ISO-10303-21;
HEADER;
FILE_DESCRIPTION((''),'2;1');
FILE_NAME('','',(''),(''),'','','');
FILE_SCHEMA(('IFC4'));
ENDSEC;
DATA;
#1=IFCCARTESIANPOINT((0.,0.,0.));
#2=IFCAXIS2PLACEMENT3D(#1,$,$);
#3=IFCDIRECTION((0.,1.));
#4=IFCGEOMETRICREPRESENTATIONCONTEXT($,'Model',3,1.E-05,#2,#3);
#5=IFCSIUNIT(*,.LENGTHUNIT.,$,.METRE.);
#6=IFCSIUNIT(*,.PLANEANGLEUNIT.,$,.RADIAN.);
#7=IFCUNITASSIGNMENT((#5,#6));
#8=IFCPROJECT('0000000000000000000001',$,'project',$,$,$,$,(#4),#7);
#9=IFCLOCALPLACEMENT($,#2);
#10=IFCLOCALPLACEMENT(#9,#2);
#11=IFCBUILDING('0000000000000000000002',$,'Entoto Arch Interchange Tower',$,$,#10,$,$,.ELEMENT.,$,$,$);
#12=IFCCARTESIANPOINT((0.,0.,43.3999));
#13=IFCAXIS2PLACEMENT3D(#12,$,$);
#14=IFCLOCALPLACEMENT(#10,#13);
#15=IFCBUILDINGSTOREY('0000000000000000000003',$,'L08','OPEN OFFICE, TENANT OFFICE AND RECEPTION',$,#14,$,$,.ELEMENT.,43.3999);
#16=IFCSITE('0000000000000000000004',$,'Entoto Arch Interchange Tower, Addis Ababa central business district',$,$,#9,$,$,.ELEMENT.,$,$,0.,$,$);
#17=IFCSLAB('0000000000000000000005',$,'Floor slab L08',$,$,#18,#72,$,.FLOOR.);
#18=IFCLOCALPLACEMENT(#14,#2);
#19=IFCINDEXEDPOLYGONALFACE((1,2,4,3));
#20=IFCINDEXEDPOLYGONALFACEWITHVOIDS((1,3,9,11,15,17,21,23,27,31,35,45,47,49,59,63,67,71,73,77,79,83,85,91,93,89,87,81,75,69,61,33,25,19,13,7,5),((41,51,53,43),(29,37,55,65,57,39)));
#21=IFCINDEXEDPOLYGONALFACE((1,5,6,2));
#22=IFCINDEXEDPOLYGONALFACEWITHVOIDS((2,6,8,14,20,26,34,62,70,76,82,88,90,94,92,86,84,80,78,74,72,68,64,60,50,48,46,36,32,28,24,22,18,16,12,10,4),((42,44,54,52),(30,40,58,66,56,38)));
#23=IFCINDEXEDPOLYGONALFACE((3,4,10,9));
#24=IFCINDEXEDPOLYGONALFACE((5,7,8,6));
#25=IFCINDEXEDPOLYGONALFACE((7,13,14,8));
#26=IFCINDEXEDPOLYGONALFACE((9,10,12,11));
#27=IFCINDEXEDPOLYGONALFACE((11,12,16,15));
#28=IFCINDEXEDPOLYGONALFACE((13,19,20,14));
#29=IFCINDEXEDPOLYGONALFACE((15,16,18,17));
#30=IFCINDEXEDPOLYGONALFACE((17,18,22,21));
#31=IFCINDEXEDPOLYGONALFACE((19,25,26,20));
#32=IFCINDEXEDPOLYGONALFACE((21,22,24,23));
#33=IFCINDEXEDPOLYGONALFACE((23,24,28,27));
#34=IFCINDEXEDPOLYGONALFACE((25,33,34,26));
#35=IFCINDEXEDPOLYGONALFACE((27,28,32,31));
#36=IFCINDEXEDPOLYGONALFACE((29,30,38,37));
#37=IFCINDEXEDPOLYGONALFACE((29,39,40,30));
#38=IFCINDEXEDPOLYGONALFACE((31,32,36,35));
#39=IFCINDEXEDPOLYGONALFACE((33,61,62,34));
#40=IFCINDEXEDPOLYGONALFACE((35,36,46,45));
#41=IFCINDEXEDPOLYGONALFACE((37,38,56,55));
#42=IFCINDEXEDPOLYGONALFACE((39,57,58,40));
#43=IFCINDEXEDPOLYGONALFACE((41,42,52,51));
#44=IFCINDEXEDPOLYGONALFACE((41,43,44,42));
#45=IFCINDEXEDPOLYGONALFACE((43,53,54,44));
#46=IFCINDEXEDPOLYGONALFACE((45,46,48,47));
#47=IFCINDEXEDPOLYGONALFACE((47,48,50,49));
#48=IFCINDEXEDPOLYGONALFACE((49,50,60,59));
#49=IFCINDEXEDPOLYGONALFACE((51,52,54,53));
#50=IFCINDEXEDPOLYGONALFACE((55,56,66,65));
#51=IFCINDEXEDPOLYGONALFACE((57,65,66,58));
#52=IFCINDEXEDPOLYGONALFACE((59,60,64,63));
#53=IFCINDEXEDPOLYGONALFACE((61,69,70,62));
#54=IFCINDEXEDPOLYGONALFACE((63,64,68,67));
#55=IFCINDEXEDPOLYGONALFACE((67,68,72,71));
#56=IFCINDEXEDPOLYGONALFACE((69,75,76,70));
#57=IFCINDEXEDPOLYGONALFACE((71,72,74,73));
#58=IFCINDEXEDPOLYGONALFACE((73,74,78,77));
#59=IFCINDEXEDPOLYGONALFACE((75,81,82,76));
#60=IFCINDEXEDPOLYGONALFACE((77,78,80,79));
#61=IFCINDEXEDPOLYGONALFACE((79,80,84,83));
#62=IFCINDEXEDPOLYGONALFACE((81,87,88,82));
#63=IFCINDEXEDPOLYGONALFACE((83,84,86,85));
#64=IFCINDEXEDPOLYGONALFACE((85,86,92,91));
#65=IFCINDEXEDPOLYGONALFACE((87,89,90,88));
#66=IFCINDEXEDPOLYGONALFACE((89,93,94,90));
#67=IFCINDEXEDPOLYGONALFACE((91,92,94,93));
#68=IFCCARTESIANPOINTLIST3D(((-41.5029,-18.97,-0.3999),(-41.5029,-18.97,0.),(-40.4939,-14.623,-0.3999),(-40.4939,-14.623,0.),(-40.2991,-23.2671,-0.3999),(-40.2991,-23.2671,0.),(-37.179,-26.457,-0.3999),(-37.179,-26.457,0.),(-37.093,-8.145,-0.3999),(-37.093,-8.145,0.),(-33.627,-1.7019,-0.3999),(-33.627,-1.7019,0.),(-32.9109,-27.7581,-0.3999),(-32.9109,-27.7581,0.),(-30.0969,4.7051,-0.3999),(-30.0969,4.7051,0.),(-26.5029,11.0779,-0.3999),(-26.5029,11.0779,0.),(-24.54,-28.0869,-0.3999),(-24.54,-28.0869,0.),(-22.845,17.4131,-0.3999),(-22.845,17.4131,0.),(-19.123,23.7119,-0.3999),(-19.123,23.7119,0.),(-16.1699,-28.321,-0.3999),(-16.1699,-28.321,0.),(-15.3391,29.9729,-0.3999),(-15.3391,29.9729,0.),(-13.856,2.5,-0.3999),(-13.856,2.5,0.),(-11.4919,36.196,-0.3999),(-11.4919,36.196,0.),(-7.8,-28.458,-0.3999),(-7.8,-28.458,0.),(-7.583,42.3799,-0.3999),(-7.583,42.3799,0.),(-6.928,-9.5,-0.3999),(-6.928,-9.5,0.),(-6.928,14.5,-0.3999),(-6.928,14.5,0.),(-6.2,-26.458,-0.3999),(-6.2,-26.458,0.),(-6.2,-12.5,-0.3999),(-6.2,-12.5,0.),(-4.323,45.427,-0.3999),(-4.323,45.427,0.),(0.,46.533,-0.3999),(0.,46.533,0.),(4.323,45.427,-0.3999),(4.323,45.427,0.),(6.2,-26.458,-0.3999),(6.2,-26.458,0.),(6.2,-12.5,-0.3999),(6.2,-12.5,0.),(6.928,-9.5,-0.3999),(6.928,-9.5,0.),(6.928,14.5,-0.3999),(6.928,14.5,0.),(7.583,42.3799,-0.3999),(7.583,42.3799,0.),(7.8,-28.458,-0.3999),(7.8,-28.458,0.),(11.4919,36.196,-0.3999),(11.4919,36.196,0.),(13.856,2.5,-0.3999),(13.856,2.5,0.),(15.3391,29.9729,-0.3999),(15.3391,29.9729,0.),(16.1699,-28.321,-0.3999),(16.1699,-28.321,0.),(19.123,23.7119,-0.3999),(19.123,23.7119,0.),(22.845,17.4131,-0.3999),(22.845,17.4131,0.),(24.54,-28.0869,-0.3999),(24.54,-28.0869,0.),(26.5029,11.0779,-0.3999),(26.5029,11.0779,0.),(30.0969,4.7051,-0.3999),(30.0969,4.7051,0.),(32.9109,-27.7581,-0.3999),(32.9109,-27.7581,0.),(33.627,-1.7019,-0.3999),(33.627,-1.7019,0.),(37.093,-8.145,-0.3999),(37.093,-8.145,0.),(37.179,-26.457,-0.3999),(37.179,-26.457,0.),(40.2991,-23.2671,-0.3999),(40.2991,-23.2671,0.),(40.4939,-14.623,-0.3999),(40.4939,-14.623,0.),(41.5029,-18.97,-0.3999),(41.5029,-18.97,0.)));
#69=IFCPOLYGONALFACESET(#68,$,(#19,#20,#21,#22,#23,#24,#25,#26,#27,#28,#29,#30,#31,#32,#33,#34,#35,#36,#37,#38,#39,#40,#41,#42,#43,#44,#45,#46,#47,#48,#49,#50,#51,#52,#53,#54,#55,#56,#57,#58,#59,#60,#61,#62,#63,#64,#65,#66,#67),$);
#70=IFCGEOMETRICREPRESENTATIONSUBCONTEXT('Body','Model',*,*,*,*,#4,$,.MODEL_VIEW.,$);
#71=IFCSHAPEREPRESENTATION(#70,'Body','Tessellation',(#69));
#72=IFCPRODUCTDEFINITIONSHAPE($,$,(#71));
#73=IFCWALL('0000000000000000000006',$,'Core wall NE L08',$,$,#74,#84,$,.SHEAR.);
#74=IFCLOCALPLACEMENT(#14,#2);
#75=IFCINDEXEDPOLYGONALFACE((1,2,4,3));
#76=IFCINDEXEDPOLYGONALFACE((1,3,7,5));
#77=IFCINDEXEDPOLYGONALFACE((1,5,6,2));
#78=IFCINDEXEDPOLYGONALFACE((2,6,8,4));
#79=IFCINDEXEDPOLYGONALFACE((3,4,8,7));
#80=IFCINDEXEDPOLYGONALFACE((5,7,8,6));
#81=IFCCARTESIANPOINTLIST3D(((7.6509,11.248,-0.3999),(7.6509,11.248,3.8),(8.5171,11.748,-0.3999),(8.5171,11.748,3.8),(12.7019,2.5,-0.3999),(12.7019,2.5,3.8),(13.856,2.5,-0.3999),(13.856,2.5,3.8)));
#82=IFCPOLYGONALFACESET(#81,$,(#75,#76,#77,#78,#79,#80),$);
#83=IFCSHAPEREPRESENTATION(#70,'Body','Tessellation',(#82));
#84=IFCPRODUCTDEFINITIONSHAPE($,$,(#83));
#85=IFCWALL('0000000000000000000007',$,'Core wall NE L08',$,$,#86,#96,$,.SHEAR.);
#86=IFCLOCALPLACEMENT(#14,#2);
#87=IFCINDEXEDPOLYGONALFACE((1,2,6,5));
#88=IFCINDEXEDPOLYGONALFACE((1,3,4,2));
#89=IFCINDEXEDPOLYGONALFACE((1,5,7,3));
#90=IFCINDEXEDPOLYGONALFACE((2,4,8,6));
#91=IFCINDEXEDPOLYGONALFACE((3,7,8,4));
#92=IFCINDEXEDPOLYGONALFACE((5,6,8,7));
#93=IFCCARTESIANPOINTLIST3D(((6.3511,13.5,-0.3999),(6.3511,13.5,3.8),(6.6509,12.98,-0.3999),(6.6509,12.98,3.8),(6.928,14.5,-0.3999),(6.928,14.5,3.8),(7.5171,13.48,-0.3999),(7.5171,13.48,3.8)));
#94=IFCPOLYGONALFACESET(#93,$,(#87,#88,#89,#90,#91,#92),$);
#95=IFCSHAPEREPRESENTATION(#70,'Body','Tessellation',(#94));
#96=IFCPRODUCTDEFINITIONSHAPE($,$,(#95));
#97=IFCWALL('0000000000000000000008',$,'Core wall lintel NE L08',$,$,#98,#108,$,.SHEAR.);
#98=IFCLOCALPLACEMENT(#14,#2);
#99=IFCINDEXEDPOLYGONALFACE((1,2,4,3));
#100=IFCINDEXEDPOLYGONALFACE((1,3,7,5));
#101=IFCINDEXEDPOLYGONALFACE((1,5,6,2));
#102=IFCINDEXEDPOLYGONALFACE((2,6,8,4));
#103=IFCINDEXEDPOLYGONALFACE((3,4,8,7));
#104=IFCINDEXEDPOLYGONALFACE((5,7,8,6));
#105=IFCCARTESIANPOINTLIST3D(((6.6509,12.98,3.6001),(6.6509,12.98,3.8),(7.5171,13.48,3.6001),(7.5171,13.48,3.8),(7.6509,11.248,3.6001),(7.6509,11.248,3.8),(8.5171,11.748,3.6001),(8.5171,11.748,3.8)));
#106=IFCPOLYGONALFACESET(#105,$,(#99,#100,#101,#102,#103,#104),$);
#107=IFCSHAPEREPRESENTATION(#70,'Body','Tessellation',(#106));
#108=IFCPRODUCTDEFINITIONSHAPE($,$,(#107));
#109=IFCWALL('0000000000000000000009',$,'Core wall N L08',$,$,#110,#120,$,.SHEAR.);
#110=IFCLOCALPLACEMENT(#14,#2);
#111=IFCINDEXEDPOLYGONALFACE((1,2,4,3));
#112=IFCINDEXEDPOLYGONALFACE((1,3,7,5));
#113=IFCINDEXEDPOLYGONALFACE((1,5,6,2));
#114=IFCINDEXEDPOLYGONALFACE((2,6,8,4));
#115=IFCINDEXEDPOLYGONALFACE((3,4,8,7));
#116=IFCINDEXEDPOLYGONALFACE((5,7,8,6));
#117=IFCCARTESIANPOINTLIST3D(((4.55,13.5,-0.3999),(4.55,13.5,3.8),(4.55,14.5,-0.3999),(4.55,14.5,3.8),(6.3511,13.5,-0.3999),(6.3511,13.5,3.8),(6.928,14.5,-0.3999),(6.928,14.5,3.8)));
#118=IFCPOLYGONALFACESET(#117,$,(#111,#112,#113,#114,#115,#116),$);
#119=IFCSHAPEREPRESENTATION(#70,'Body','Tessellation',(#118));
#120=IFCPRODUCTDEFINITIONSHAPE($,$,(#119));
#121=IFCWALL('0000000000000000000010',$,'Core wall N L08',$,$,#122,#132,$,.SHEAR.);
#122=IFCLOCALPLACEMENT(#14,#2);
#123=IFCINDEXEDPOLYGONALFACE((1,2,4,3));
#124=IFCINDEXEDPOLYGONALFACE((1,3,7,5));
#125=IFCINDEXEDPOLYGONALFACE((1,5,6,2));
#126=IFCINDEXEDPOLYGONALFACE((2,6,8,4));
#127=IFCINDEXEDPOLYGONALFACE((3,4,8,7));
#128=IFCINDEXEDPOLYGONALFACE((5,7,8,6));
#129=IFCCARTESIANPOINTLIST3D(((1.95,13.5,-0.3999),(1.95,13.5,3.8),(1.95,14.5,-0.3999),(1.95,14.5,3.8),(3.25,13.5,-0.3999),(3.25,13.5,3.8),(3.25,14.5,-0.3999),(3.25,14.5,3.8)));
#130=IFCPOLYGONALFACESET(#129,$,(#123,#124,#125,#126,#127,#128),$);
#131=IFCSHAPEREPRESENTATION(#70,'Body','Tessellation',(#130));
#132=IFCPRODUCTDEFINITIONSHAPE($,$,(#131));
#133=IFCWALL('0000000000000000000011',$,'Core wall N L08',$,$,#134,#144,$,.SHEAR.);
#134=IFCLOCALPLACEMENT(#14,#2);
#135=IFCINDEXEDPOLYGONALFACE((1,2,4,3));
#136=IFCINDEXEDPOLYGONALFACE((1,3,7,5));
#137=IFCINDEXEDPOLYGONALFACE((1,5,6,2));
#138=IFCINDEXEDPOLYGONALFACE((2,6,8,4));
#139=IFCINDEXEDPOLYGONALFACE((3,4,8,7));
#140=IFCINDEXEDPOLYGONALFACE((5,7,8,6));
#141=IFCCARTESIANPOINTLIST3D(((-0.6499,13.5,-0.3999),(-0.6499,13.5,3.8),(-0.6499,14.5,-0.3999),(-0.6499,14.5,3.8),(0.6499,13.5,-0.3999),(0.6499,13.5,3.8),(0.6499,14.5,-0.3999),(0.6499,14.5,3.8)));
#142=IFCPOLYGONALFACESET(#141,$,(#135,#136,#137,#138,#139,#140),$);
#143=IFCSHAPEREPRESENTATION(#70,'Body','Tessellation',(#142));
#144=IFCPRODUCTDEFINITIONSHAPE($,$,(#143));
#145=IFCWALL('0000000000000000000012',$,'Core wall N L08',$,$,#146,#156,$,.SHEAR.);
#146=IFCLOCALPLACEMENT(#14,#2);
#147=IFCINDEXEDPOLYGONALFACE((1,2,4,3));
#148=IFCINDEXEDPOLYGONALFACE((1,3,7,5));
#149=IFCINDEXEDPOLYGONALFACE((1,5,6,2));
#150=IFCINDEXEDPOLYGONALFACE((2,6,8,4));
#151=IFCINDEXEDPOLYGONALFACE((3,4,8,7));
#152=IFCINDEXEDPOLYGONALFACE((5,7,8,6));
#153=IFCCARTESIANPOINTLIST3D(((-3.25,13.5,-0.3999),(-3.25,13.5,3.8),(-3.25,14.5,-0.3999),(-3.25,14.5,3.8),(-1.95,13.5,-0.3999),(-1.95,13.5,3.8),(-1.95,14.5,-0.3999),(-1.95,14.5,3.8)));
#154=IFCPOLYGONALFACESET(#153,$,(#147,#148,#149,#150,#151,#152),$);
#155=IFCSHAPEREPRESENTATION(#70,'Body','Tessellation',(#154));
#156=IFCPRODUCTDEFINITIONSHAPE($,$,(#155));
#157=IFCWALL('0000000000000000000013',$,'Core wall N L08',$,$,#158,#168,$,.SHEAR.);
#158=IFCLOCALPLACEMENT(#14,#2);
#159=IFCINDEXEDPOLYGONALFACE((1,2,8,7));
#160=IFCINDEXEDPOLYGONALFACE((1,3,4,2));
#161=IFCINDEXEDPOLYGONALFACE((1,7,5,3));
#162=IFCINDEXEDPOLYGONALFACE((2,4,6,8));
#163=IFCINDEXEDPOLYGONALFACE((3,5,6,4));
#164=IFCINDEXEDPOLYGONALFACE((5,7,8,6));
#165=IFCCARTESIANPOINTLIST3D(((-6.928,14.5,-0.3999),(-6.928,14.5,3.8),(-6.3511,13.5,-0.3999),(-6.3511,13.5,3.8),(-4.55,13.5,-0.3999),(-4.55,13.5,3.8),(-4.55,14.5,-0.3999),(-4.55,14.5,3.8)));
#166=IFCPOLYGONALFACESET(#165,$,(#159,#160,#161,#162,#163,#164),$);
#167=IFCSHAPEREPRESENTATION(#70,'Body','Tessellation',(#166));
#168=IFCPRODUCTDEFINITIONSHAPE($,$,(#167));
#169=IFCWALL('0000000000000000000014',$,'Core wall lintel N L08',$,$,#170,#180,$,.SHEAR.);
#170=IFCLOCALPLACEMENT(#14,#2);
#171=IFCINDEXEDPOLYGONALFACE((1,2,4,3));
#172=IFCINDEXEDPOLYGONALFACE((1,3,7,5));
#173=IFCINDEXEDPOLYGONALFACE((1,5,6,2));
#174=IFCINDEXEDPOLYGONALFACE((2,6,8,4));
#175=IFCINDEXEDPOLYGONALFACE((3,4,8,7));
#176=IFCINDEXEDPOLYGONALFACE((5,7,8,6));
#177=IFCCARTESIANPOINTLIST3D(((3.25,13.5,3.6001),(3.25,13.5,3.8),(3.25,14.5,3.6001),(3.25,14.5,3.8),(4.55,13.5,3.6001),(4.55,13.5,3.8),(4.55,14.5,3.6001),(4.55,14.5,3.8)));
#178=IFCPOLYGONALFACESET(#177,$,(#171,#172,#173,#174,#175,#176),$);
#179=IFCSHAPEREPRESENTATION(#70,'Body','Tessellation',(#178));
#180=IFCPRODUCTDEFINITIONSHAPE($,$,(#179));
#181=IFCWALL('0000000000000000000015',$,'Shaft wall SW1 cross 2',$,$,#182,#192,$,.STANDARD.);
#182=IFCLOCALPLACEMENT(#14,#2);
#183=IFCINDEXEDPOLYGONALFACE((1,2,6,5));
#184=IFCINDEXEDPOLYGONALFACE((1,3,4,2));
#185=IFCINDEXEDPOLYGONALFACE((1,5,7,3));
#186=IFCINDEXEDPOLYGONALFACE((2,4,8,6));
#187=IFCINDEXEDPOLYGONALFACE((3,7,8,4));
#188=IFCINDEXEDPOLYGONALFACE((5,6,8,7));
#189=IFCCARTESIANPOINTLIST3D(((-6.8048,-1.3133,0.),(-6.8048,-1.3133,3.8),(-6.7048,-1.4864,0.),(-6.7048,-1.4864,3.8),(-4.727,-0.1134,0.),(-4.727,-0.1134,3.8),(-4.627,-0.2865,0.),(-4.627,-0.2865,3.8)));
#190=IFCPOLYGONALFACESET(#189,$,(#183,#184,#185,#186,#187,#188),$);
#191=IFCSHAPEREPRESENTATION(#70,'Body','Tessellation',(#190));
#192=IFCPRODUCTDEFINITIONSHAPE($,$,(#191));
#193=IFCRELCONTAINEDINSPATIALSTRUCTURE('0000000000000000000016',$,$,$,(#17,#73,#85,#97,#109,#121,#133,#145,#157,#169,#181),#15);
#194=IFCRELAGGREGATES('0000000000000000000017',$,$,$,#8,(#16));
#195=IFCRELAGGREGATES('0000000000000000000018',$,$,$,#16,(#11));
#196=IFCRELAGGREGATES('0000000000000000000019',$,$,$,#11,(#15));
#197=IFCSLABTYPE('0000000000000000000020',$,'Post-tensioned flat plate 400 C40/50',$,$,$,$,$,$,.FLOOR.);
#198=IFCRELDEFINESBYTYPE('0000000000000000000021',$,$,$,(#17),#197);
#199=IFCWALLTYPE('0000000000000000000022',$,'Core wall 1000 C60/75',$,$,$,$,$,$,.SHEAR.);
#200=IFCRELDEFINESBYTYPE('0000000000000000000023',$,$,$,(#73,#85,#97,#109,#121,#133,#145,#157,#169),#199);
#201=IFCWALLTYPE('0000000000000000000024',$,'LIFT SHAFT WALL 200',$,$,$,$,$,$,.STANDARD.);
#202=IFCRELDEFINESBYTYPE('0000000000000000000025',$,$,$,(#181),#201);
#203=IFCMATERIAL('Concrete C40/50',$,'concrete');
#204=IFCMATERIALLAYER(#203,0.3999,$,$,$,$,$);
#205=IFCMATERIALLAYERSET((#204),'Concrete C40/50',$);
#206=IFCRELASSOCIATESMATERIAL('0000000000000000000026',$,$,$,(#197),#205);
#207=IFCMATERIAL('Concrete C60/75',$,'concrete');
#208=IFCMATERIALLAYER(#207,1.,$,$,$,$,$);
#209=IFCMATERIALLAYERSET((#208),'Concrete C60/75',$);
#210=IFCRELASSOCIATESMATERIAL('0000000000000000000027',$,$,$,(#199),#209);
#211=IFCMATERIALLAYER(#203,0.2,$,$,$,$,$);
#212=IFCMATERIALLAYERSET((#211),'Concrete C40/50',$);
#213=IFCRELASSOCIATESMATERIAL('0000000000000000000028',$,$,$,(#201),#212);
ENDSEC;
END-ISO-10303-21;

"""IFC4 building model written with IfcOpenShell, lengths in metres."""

from ifc_helpers import new_model, si_unit, direction, frame, frame_2d, origin, place, context, subcontext, project, spatial, polyline, rectangle, outline, extrude, material, layer, layer_set, type_object, element, save


model = new_model("IFC4")

# Units and contexts
model_context = context("Model", 3, precision=1e-05, world=origin(), true_north=direction((0.0, 1.0)))
body_context = subcontext(model_context, "Body", "Model", "MODEL_VIEW")
ifc_project = project(units=[si_unit("LENGTHUNIT", "METRE"), si_unit("PLANEANGLEUNIT", "RADIAN")], contexts=[model_context])

# Site, building, storey
site_placement = place(None, origin())
site = spatial("IfcSite", under=ifc_project, at=site_placement, Name="Entoto Arch Interchange Tower, Addis Ababa central business district", CompositionType="ELEMENT", RefElevation=0.0)
building_placement = place(site_placement, origin())
building = spatial("IfcBuilding", under=site, at=building_placement, Name="Entoto Arch Interchange Tower", CompositionType="ELEMENT")
storey_placement = place(building_placement, frame((0.0, 0.0, 43.3999)))
storey = spatial("IfcBuildingStorey", under=building, at=storey_placement, Name="L08", Description="OPEN OFFICE, TENANT OFFICE AND RECEPTION", CompositionType="ELEMENT", Elevation=43.3999)

# Slab
ifc_material_1 = material(Name="Concrete C40/50", Category="concrete")
ifc_layer_1 = layer(ifc_material_1, 0.3999)
ifc_layer_set_1 = layer_set([ifc_layer_1], Name="Concrete C40/50")
slab_type = type_object("IfcSlabType", Name="Post-tensioned flat plate 400 C40/50", PredefinedType="FLOOR", material=ifc_layer_set_1)
slab_placement = place(storey_placement, frame((0.0, 0.0, -0.3999)))
element("IfcSlab", 1, at=slab_placement, inside=storey, type_object=slab_type, Name="Floor slab L08", PredefinedType="FLOOR", context=body_context, shape_type="SweptSolid", body=[
    extrude(outline(polyline([(-32.9109, -27.7581), (-24.54, -28.0869), (-16.1699, -28.321), (-7.8, -28.458), (7.8, -28.458), (16.1699, -28.321), (24.54, -28.0869), (32.9109, -27.7581), (37.179, -26.457), (40.2991, -23.2671), (41.5029, -18.97), (40.4939, -14.623), (37.093, -8.145), (33.627, -1.7019), (30.0969, 4.7051), (26.5029, 11.0779), (22.845, 17.4131), (19.123, 23.7119), (15.3391, 29.9729), (11.4919, 36.196), (7.583, 42.3799), (4.323, 45.427), (0.0, 46.533), (-4.323, 45.427), (-7.583, 42.3799), (-11.4919, 36.196), (-15.3391, 29.9729), (-19.123, 23.7119), (-22.845, 17.4131), (-26.5029, 11.0779), (-30.0969, 4.7051), (-33.627, -1.7019), (-37.093, -8.145), (-40.4939, -14.623), (-41.5029, -18.97), (-40.2991, -23.2671), (-37.179, -26.457), (-32.9109, -27.7581)]), holes=[polyline([(6.2, -26.458), (6.2, -12.5), (-6.2, -12.5), (-6.2, -26.458), (6.2, -26.458)]), polyline([(13.856, 2.5), (6.928, 14.5), (-6.928, 14.5), (-13.856, 2.5), (-6.928, -9.5), (6.928, -9.5), (13.856, 2.5)])]), origin(), (0.0, 0.0, 1.0), 0.3999),
])

# Walls
ifc_material_2 = material(Name="Concrete C60/75", Category="concrete")
ifc_layer_2 = layer(ifc_material_2, 1.0)
ifc_layer_set_2 = layer_set([ifc_layer_2], Name="Concrete C60/75")
wall_type_1 = type_object("IfcWallType", Name="Core wall 1000 C60/75", PredefinedType="SHEAR", material=ifc_layer_set_2)
wall_1_placement = place(storey_placement, frame((0.0, 0.0, -0.3999)))
element("IfcWall", 2, at=wall_1_placement, inside=storey, type_object=wall_type_1, Name="Core wall NE L08", PredefinedType="SHEAR", context=body_context, shape_type="SweptSolid", body=[
    extrude(outline(polyline([(8.5171, 11.748), (7.6509, 11.248), (12.7019, 2.5), (13.856, 2.5), (8.5171, 11.748)])), origin(), (0.0, 0.0, 1.0), 4.2),
])
wall_2_placement = place(storey_placement, frame((0.0, 0.0, -0.3999)))
element("IfcWall", 3, at=wall_2_placement, inside=storey, type_object=wall_type_1, Name="Core wall NE L08", PredefinedType="SHEAR", context=body_context, shape_type="SweptSolid", body=[
    extrude(outline(polyline([(6.6509, 12.98), (7.5171, 13.48), (6.928, 14.5), (6.3511, 13.5), (6.6509, 12.98)])), origin(), (0.0, 0.0, 1.0), 4.2),
])
wall_3_placement = place(storey_placement, frame((0.0, 0.0, 3.6001)))
element("IfcWall", 4, at=wall_3_placement, inside=storey, type_object=wall_type_1, Name="Core wall lintel NE L08", PredefinedType="SHEAR", context=body_context, shape_type="SweptSolid", body=[
    extrude(outline(polyline([(7.5171, 13.48), (6.6509, 12.98), (7.6509, 11.248), (8.5171, 11.748), (7.5171, 13.48)])), origin(), (0.0, 0.0, 1.0), 0.2),
])
wall_4_placement = place(storey_placement, frame((0.0, 0.0, -0.3999)))
element("IfcWall", 5, at=wall_4_placement, inside=storey, type_object=wall_type_1, Name="Core wall N L08", PredefinedType="SHEAR", context=body_context, shape_type="SweptSolid", body=[
    extrude(outline(polyline([(4.55, 14.5), (4.55, 13.5), (6.3511, 13.5), (6.928, 14.5), (4.55, 14.5)])), origin(), (0.0, 0.0, 1.0), 4.2),
])
wall_5_placement = place(storey_placement, frame((0.0, 0.0, -0.3999)))
element("IfcWall", 6, at=wall_5_placement, inside=storey, type_object=wall_type_1, Name="Core wall N L08", PredefinedType="SHEAR", context=body_context, shape_type="SweptSolid", body=[
    extrude(outline(polyline([(1.95, 14.5), (1.95, 13.5), (3.25, 13.5), (3.25, 14.5), (1.95, 14.5)])), origin(), (0.0, 0.0, 1.0), 4.2),
])
wall_6_placement = place(storey_placement, frame((0.0, 0.0, -0.3999)))
element("IfcWall", 7, at=wall_6_placement, inside=storey, type_object=wall_type_1, Name="Core wall N L08", PredefinedType="SHEAR", context=body_context, shape_type="SweptSolid", body=[
    extrude(outline(polyline([(-0.6499, 14.5), (-0.6499, 13.5), (0.6499, 13.5), (0.6499, 14.5), (-0.6499, 14.5)])), origin(), (0.0, 0.0, 1.0), 4.2),
])
wall_7_placement = place(storey_placement, frame((0.0, 0.0, -0.3999)))
element("IfcWall", 8, at=wall_7_placement, inside=storey, type_object=wall_type_1, Name="Core wall N L08", PredefinedType="SHEAR", context=body_context, shape_type="SweptSolid", body=[
    extrude(outline(polyline([(-3.25, 14.5), (-3.25, 13.5), (-1.95, 13.5), (-1.95, 14.5), (-3.25, 14.5)])), origin(), (0.0, 0.0, 1.0), 4.2),
])
wall_8_placement = place(storey_placement, frame((0.0, 0.0, -0.3999)))
element("IfcWall", 9, at=wall_8_placement, inside=storey, type_object=wall_type_1, Name="Core wall N L08", PredefinedType="SHEAR", context=body_context, shape_type="SweptSolid", body=[
    extrude(outline(polyline([(-4.55, 13.5), (-4.55, 14.5), (-6.928, 14.5), (-6.3511, 13.5), (-4.55, 13.5)])), origin(), (0.0, 0.0, 1.0), 4.2),
])
wall_9_placement = place(storey_placement, frame((0.0, 0.0, 3.6001)))
element("IfcWall", 10, at=wall_9_placement, inside=storey, type_object=wall_type_1, Name="Core wall lintel N L08", PredefinedType="SHEAR", context=body_context, shape_type="SweptSolid", body=[
    extrude(outline(polyline([(3.25, 14.5), (3.25, 13.5), (4.55, 13.5), (4.55, 14.5), (3.25, 14.5)])), origin(), (0.0, 0.0, 1.0), 0.2),
])
ifc_layer_3 = layer(ifc_material_1, 0.2)
ifc_layer_set_3 = layer_set([ifc_layer_3], Name="Concrete C40/50")
wall_type_2 = type_object("IfcWallType", Name="LIFT SHAFT WALL 200", PredefinedType="STANDARD", material=ifc_layer_set_3)
wall_10_placement = place(storey_placement, frame((-4.677, -0.2, 0.0), z_axis=(0.0, 0.0, 1.0), x_axis=(-0.865974, -0.500089, 0.0)))
element("IfcWall", 11, at=wall_10_placement, inside=storey, type_object=wall_type_2, Name="Shaft wall SW1 cross 2", PredefinedType="STANDARD", context=body_context, shape_type="SweptSolid", body=[
    extrude(rectangle(XDim=2.3994, YDim=0.2, at=frame_2d((1.1997, 0.0))), origin(), (0.0, 0.0, 1.0), 3.8),
])

save(model, "model.ifc")
